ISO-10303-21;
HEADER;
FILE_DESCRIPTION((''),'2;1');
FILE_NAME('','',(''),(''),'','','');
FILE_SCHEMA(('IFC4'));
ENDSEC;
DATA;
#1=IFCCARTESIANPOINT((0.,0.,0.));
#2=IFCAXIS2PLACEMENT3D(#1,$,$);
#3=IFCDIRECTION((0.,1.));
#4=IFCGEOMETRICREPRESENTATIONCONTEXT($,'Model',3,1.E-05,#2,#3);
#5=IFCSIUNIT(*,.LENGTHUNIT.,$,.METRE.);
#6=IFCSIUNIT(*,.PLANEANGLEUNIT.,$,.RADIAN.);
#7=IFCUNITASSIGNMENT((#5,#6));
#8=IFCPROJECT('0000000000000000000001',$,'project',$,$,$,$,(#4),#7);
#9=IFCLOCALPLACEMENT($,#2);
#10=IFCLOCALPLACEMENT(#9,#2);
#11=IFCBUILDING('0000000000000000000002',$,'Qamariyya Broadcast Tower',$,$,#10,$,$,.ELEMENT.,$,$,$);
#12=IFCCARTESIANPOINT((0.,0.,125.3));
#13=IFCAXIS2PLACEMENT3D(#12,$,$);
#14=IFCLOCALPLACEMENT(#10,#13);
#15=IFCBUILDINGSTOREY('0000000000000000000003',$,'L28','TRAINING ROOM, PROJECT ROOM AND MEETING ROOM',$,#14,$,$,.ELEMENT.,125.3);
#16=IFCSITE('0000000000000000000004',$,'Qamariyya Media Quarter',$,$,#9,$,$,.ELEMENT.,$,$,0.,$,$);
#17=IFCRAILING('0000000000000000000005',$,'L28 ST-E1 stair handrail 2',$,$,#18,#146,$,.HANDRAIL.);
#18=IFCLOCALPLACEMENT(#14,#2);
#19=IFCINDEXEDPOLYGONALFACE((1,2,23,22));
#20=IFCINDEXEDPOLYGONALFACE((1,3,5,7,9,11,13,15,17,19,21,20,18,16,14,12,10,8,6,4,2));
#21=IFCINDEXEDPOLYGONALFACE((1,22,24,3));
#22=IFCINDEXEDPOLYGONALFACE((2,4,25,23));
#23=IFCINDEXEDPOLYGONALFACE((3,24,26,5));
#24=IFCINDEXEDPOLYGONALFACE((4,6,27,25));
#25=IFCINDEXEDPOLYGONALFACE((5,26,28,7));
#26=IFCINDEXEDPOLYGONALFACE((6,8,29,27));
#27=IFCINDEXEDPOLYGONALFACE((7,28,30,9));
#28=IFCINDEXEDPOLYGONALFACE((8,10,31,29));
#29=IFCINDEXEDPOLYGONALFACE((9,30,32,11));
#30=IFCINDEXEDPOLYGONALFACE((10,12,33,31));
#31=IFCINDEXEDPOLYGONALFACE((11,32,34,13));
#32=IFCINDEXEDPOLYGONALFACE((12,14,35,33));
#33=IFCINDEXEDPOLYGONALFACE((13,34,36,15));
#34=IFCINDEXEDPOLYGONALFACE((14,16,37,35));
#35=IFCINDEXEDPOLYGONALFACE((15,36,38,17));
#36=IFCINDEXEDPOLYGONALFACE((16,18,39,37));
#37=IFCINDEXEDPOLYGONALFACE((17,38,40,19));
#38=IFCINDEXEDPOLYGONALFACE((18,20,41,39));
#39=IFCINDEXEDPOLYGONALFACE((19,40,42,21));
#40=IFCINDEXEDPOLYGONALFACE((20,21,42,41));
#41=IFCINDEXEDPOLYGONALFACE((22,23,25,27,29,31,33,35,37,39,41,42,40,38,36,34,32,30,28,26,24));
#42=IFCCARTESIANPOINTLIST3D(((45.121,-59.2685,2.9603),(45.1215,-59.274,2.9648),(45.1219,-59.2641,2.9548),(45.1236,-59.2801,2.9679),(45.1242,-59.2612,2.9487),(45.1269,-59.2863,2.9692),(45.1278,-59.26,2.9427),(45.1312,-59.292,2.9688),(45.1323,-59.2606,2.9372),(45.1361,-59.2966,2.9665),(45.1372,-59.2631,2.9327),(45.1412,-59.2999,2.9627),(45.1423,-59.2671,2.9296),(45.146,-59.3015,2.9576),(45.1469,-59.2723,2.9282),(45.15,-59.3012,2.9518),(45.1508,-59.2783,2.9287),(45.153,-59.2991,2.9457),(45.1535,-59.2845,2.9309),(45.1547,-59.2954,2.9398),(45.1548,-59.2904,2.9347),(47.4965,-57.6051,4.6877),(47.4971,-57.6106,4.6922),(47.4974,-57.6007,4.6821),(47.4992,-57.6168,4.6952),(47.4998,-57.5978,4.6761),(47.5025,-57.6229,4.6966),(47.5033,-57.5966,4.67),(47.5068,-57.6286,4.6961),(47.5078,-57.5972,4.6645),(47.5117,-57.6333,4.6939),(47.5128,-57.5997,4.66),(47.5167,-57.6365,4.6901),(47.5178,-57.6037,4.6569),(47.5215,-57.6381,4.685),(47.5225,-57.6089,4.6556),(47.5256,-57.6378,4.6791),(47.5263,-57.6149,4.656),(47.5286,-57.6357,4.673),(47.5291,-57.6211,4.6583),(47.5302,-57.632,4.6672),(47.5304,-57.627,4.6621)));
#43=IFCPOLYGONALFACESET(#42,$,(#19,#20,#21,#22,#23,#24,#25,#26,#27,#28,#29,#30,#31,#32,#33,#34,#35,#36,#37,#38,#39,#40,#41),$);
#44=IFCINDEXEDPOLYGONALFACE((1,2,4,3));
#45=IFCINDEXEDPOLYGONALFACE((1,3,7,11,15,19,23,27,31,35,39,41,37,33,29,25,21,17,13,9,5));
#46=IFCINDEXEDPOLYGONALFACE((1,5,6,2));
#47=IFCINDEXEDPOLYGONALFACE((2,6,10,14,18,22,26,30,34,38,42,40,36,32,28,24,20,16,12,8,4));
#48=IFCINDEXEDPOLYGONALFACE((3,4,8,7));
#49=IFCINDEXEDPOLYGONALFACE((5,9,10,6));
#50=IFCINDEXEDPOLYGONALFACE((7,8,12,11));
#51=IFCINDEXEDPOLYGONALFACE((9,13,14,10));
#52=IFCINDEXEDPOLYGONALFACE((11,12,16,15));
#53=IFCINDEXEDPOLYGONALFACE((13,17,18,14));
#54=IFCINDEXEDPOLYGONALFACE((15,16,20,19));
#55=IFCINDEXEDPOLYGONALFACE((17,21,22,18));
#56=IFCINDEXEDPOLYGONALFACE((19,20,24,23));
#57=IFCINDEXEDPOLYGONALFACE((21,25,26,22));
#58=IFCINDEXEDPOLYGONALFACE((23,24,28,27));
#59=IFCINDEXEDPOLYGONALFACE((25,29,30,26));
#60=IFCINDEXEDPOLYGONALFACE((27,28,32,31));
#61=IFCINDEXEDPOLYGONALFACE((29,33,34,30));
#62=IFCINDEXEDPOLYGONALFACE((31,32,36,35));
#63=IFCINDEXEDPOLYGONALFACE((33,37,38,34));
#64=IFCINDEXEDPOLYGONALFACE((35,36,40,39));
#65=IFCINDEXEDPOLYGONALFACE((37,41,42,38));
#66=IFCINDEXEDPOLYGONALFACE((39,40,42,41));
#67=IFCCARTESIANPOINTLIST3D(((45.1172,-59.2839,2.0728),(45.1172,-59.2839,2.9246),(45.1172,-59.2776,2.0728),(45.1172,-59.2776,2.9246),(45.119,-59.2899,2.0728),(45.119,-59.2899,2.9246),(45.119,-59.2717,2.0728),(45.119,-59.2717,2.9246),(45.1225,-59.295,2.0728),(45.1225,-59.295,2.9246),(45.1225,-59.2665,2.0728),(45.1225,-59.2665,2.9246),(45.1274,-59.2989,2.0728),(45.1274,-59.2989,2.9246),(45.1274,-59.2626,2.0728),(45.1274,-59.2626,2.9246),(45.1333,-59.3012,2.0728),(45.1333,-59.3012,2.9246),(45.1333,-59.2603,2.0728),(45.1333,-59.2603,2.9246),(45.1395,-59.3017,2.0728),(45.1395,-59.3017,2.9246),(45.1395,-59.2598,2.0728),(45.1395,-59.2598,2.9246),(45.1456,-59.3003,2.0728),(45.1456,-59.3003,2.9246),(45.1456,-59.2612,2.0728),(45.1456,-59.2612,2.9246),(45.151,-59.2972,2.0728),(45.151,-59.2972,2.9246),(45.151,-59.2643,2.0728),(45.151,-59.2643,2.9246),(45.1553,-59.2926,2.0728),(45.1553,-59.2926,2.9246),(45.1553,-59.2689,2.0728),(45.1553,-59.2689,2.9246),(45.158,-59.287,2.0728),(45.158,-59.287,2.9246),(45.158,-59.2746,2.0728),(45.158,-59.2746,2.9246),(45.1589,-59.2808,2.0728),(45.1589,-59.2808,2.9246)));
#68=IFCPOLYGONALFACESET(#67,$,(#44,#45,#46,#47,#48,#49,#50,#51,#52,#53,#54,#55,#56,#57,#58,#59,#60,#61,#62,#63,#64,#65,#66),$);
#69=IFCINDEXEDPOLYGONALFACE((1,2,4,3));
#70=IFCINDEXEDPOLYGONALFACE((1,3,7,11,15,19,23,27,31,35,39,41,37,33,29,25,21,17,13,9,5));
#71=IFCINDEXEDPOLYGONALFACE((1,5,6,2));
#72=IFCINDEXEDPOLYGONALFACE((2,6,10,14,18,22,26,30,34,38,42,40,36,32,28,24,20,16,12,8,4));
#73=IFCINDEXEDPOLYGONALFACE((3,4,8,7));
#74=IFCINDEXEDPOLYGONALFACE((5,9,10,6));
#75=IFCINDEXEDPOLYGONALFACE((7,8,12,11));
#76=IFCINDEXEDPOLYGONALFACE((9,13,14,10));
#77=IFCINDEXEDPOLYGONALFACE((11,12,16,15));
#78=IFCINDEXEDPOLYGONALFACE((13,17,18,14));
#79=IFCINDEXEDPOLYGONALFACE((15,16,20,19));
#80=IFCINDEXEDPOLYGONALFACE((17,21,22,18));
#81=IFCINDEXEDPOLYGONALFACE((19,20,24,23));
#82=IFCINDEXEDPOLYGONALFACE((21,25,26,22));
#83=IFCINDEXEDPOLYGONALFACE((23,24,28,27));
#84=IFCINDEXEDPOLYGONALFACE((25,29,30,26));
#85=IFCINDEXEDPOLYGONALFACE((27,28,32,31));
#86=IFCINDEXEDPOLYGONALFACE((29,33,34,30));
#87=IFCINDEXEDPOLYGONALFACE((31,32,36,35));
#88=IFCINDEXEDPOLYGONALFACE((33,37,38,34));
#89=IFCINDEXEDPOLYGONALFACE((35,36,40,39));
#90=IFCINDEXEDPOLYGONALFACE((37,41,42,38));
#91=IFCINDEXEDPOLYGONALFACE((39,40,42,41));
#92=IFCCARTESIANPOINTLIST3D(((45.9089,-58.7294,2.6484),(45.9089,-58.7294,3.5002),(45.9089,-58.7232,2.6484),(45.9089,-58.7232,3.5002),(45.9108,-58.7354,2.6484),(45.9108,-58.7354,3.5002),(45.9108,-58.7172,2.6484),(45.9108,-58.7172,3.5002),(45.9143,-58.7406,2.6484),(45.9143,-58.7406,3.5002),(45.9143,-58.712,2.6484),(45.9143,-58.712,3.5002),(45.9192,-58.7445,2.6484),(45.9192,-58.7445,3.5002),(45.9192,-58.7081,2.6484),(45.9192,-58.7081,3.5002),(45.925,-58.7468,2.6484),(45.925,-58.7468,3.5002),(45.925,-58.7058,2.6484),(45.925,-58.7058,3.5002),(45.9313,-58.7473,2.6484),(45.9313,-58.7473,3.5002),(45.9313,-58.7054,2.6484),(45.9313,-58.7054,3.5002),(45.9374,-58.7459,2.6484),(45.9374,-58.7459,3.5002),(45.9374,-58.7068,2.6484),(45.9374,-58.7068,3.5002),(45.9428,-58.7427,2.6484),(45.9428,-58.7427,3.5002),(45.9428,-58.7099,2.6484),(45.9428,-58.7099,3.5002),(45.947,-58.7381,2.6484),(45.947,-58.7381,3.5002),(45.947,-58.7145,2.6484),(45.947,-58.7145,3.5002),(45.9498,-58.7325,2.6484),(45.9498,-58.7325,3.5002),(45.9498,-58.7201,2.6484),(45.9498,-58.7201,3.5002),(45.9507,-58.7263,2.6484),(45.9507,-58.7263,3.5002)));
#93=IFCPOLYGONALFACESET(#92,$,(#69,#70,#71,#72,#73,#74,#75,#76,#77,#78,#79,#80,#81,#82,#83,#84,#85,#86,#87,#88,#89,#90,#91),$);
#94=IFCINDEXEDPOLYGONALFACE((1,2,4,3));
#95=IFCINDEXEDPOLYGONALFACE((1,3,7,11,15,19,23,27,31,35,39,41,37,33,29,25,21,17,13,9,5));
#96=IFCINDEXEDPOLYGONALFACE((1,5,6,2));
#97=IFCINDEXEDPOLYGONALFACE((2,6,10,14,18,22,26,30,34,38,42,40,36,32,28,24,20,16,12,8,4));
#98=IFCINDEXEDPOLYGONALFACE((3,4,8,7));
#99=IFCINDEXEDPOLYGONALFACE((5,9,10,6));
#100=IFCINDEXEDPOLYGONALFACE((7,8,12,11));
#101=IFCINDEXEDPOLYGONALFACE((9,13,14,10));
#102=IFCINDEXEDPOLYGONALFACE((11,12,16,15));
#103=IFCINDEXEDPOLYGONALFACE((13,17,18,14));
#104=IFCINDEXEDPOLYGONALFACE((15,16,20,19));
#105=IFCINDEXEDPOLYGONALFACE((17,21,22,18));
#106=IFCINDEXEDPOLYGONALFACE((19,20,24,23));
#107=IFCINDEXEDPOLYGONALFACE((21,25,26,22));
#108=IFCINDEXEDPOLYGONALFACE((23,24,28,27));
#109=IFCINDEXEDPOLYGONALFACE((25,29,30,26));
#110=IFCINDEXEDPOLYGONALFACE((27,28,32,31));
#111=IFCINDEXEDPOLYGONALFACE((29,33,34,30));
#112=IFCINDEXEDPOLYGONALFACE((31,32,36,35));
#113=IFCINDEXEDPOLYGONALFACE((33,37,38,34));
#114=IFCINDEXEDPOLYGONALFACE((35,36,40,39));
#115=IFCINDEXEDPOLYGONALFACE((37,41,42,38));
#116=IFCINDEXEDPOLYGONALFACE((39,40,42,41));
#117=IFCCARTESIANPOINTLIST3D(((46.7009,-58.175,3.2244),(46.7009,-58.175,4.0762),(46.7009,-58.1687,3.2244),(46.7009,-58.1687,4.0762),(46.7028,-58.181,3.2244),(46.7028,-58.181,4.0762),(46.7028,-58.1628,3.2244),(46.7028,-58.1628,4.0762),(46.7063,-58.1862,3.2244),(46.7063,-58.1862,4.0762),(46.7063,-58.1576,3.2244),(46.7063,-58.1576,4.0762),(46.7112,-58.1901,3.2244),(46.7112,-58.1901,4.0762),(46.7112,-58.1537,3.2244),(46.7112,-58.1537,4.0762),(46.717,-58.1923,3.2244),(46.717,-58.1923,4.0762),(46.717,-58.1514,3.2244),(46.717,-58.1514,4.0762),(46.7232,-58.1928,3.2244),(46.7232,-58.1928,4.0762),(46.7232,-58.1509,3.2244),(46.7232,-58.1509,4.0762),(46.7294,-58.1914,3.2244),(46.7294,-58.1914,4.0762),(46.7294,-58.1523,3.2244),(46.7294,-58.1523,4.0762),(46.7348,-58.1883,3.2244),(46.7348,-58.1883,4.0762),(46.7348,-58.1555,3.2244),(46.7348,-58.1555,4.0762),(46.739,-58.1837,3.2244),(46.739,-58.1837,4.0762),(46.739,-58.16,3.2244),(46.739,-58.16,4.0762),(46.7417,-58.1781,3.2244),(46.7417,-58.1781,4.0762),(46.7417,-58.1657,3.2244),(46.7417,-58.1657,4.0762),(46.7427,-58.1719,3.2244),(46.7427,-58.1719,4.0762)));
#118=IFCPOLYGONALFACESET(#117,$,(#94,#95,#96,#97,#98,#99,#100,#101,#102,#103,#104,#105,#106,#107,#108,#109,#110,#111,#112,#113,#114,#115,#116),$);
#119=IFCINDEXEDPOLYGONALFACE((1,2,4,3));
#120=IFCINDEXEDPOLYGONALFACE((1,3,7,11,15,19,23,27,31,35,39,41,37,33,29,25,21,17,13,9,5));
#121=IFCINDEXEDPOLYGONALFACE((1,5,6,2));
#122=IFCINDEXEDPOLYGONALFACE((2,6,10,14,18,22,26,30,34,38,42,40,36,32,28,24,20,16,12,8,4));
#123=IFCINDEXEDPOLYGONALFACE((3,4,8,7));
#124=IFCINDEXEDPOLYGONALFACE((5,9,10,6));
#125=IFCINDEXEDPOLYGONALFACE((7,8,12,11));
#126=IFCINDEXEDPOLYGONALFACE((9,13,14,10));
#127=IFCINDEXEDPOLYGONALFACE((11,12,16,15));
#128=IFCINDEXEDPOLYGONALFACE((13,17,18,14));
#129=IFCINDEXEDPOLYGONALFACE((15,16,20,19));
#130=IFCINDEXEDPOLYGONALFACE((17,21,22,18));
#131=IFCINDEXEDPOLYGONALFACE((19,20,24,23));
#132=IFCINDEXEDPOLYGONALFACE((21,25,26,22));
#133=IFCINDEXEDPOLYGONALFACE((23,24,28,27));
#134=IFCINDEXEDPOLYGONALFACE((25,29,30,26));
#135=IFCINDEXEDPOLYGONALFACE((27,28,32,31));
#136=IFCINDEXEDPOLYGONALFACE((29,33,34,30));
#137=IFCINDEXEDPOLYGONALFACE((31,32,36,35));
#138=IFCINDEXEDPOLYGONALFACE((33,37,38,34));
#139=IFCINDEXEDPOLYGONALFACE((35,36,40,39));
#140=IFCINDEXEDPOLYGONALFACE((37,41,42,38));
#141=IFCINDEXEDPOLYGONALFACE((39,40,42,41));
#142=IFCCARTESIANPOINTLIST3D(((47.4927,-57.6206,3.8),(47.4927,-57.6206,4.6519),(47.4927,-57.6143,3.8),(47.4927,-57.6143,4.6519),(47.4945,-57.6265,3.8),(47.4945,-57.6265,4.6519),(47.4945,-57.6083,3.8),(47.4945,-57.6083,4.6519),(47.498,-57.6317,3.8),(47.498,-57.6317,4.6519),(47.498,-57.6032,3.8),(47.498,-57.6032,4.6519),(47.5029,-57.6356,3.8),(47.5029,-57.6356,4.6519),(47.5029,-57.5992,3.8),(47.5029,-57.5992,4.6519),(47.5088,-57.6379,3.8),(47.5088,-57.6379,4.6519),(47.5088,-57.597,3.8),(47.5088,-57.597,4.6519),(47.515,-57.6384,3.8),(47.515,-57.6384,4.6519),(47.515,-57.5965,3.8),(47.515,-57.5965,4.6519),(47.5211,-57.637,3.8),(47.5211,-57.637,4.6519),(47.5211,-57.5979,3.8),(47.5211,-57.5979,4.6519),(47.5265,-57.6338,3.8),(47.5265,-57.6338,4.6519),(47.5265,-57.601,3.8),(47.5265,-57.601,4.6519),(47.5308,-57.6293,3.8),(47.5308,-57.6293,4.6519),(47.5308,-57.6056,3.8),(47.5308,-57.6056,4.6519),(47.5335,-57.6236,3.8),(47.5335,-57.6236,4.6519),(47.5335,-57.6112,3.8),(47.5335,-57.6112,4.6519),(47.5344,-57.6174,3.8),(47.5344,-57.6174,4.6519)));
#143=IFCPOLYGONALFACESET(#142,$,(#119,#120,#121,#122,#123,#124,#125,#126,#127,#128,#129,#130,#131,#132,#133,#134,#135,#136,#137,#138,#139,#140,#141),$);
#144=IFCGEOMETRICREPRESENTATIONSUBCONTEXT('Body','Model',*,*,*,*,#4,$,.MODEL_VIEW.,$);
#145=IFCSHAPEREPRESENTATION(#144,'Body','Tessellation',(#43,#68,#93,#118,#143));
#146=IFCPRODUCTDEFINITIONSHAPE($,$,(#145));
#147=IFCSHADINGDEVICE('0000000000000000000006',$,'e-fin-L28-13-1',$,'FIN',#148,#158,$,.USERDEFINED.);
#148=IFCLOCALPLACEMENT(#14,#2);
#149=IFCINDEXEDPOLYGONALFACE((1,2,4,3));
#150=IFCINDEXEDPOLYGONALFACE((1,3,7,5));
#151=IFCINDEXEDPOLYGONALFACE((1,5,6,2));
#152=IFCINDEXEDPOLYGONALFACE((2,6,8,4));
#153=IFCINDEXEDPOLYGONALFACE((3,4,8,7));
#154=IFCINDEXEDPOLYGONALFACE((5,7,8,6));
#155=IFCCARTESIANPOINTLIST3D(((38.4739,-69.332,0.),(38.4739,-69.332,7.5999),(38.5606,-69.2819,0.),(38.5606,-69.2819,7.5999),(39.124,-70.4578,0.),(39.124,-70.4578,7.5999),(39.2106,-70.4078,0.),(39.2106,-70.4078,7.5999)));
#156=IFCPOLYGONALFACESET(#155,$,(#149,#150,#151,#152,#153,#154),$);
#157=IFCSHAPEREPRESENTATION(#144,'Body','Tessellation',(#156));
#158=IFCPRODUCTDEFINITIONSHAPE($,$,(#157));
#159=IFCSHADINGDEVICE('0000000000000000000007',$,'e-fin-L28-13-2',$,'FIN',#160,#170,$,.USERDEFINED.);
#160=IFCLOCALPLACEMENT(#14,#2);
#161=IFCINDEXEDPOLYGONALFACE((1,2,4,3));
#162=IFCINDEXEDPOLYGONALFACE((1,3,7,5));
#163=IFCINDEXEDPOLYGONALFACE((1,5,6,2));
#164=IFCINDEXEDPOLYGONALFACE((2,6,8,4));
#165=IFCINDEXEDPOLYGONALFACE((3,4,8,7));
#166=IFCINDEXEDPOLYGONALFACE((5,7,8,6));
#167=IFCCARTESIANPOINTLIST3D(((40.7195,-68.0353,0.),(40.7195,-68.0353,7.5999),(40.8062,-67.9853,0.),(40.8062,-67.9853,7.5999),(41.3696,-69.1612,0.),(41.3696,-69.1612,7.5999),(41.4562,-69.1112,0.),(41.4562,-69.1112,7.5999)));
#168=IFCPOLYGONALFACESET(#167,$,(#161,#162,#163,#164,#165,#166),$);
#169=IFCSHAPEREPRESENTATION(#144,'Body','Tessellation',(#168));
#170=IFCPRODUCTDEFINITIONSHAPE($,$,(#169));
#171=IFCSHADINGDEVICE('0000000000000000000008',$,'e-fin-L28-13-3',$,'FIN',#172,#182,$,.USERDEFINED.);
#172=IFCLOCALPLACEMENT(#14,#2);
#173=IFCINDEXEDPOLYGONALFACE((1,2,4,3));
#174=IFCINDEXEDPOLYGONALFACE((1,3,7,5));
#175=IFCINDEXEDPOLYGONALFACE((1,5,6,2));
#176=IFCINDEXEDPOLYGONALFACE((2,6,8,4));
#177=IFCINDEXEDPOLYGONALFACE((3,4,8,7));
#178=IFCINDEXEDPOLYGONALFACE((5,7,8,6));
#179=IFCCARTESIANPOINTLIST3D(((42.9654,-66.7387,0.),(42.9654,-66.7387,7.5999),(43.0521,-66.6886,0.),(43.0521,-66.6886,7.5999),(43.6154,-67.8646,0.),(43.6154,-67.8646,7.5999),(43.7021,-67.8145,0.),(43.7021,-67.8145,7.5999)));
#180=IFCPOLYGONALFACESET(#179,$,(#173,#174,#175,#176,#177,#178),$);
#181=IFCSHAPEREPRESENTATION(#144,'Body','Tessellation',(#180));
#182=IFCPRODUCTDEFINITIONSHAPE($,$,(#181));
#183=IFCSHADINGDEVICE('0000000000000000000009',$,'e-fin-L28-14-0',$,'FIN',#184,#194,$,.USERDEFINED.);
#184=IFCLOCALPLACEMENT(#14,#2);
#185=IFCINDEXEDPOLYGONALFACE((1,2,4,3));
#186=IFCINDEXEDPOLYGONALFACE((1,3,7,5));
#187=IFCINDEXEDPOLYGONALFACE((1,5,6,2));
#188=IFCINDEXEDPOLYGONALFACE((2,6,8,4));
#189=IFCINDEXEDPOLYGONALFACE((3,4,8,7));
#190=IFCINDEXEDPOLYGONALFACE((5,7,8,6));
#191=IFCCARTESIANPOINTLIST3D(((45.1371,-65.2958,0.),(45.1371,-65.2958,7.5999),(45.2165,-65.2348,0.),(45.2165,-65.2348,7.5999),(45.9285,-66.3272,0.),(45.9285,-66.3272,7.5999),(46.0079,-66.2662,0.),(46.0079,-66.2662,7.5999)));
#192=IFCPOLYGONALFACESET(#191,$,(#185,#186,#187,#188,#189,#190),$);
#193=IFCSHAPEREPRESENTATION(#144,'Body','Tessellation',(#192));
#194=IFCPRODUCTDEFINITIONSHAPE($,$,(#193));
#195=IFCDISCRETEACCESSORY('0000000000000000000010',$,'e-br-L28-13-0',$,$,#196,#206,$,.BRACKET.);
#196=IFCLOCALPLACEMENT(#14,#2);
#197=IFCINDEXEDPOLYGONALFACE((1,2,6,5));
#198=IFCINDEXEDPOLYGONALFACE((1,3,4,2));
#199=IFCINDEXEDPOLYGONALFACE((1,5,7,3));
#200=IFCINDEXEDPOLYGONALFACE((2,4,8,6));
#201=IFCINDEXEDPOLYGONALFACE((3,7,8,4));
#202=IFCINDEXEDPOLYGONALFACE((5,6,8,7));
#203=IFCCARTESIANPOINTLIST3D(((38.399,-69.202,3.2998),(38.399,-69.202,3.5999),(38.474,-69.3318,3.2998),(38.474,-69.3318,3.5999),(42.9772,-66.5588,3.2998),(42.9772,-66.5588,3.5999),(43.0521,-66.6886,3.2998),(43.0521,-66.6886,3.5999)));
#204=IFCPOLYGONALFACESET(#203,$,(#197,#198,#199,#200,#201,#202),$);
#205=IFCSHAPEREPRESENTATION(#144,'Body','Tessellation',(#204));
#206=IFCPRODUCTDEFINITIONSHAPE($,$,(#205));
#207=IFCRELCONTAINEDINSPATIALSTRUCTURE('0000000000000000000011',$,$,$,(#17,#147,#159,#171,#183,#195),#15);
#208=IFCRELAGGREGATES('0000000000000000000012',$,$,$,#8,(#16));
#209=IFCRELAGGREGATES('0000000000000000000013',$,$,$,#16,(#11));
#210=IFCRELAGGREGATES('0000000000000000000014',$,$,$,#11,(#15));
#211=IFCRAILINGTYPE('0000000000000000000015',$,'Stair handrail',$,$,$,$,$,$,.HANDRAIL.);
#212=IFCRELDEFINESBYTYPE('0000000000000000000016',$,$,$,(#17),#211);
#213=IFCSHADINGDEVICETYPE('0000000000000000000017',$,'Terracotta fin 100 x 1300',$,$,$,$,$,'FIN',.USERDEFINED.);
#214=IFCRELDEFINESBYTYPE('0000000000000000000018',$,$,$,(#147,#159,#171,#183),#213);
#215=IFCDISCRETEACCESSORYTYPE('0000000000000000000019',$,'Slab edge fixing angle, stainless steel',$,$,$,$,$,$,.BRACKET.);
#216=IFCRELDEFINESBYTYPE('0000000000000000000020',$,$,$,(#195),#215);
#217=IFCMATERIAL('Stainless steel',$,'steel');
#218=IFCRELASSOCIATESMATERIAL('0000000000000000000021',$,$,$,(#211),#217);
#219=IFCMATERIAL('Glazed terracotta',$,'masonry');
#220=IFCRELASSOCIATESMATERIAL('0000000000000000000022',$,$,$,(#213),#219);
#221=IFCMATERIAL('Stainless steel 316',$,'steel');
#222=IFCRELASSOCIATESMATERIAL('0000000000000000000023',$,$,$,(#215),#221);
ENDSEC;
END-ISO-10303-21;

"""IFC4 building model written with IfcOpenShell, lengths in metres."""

from ifc_helpers import new_model, si_unit, direction, frame, origin, origin_2d, place, context, subcontext, project, spatial, rectangle, circle, extrude, material, material_profile, profile_set, type_object, element, save


model = new_model("IFC4")

# Units and contexts
model_context = context("Model", 3, precision=1e-05, world=origin(), true_north=direction((0.0, 1.0)))
body_context = subcontext(model_context, "Body", "Model", "MODEL_VIEW")
ifc_project = project(units=[si_unit("LENGTHUNIT", "METRE"), si_unit("PLANEANGLEUNIT", "RADIAN")], contexts=[model_context])

# Site, building, storey
site_placement = place(None, origin())
site = spatial("IfcSite", under=ifc_project, at=site_placement, Name="Qamariyya Media Quarter", CompositionType="ELEMENT", RefElevation=0.0)
building_placement = place(site_placement, origin())
building = spatial("IfcBuilding", under=site, at=building_placement, Name="Qamariyya Broadcast Tower", CompositionType="ELEMENT")
storey_placement = place(building_placement, frame((0.0, 0.0, 125.3)))
storey = spatial("IfcBuildingStorey", under=building, at=storey_placement, Name="L28", Description="TRAINING ROOM, PROJECT ROOM AND MEETING ROOM", CompositionType="ELEMENT", Elevation=125.3)

# Railing
ifc_material_1 = material(Name="Stainless steel", Category="steel")
railing_type_1 = type_object("IfcRailingType", Name="Stair handrail", PredefinedType="HANDRAIL", material=ifc_material_1)
railing_1_placement = place(storey_placement, frame((45.1379, -59.2808, 2.0728)))
element("IfcRailing", 1, at=railing_1_placement, inside=storey, type_object=railing_type_1, Name="L28 ST-E1 stair handrail 2", PredefinedType="HANDRAIL", context=body_context, shape_type="SweptSolid", body=[
    extrude(circle(Radius=0.0239, at=origin_2d()), frame((0.0, 0.0, 0.876), z_axis=(0.70377, 0.492784, 0.511734), x_axis=(-0.573575, 0.819153, 0.0)), (0.0, 0.0, 1.0), 3.3755),
    extrude(circle(Radius=0.021, at=origin_2d()), origin(), (0.0, 0.0, 1.0), 0.8518),
    extrude(circle(Radius=0.021, at=origin_2d()), frame((0.7917, 0.5544, 0.5757)), (0.0, 0.0, 1.0), 0.8518),
    extrude(circle(Radius=0.021, at=origin_2d()), frame((1.5837, 1.1089, 1.1516)), (0.0, 0.0, 1.0), 0.8518),
    extrude(circle(Radius=0.021, at=origin_2d()), frame((2.3755, 1.6633, 1.7273)), (0.0, 0.0, 1.0), 0.8518),
])

# Shading devices
ifc_material_2 = material(Name="Glazed terracotta", Category="masonry")
ifc_material_profile_1 = material_profile(ifc_material_2, rectangle(XDim=1.3, YDim=0.1001, at=origin_2d()))
ifc_profile_set_1 = profile_set([ifc_material_profile_1], Name="Glazed terracotta")
shading_device_type = type_object("IfcShadingDeviceType", Name="Terracotta fin 100 x 1300", ElementType="FIN", PredefinedType="USERDEFINED", material=ifc_profile_set_1)
for number, where, z_axis, x_axis, name in (
    (2, (38.8423, -69.8699, 0.0), (0.0, 0.0, 1.0), (0.5, -0.866025, 0.0), "e-fin-L28-13-1"),
    (3, (41.0879, -68.5732, 0.0), (0.0, 0.0, 1.0), (0.5, -0.866025, 0.0), "e-fin-L28-13-2"),
    (4, (43.3337, -67.2766, 0.0), (0.0, 0.0, 1.0), (0.5, -0.866025, 0.0), "e-fin-L28-13-3"),
    (5, (45.5725, -65.781, 0.0), (0.0, 0.0, 1.0), (0.608761, -0.793353, 0.0), "e-fin-L28-14-0"),
):
    element("IfcShadingDevice", number, at=place(storey_placement, frame(where, z_axis=z_axis, x_axis=x_axis)), inside=storey, type_object=shading_device_type, Name=name, ObjectType="FIN", PredefinedType="USERDEFINED", context=body_context, shape_type="SweptSolid", body=[
        extrude(rectangle(XDim=1.3, YDim=0.1001, at=origin_2d()), origin(), (0.0, 0.0, 1.0), 7.5999),
    ])

# Discrete accessory
ifc_material_3 = material(Name="Stainless steel 316", Category="steel")
discrete_accessory_type = type_object("IfcDiscreteAccessoryType", Name="Slab edge fixing angle, stainless steel", PredefinedType="BRACKET", material=ifc_material_3)
discrete_accessory_1_placement = place(storey_placement, frame((40.7256, -67.9453, 3.2998), z_axis=(0.0, 0.0, 1.0), x_axis=(0.866025, 0.5, 0.0)))
element("IfcDiscreteAccessory", 6, at=discrete_accessory_1_placement, inside=storey, type_object=discrete_accessory_type, Name="e-br-L28-13-0", PredefinedType="BRACKET", context=body_context, shape_type="SweptSolid", body=[
    extrude(rectangle(XDim=5.2864, YDim=0.1499, at=origin_2d()), origin(), (0.0, 0.0, 1.0), 0.3),
])

save(model, "model.ifc")
